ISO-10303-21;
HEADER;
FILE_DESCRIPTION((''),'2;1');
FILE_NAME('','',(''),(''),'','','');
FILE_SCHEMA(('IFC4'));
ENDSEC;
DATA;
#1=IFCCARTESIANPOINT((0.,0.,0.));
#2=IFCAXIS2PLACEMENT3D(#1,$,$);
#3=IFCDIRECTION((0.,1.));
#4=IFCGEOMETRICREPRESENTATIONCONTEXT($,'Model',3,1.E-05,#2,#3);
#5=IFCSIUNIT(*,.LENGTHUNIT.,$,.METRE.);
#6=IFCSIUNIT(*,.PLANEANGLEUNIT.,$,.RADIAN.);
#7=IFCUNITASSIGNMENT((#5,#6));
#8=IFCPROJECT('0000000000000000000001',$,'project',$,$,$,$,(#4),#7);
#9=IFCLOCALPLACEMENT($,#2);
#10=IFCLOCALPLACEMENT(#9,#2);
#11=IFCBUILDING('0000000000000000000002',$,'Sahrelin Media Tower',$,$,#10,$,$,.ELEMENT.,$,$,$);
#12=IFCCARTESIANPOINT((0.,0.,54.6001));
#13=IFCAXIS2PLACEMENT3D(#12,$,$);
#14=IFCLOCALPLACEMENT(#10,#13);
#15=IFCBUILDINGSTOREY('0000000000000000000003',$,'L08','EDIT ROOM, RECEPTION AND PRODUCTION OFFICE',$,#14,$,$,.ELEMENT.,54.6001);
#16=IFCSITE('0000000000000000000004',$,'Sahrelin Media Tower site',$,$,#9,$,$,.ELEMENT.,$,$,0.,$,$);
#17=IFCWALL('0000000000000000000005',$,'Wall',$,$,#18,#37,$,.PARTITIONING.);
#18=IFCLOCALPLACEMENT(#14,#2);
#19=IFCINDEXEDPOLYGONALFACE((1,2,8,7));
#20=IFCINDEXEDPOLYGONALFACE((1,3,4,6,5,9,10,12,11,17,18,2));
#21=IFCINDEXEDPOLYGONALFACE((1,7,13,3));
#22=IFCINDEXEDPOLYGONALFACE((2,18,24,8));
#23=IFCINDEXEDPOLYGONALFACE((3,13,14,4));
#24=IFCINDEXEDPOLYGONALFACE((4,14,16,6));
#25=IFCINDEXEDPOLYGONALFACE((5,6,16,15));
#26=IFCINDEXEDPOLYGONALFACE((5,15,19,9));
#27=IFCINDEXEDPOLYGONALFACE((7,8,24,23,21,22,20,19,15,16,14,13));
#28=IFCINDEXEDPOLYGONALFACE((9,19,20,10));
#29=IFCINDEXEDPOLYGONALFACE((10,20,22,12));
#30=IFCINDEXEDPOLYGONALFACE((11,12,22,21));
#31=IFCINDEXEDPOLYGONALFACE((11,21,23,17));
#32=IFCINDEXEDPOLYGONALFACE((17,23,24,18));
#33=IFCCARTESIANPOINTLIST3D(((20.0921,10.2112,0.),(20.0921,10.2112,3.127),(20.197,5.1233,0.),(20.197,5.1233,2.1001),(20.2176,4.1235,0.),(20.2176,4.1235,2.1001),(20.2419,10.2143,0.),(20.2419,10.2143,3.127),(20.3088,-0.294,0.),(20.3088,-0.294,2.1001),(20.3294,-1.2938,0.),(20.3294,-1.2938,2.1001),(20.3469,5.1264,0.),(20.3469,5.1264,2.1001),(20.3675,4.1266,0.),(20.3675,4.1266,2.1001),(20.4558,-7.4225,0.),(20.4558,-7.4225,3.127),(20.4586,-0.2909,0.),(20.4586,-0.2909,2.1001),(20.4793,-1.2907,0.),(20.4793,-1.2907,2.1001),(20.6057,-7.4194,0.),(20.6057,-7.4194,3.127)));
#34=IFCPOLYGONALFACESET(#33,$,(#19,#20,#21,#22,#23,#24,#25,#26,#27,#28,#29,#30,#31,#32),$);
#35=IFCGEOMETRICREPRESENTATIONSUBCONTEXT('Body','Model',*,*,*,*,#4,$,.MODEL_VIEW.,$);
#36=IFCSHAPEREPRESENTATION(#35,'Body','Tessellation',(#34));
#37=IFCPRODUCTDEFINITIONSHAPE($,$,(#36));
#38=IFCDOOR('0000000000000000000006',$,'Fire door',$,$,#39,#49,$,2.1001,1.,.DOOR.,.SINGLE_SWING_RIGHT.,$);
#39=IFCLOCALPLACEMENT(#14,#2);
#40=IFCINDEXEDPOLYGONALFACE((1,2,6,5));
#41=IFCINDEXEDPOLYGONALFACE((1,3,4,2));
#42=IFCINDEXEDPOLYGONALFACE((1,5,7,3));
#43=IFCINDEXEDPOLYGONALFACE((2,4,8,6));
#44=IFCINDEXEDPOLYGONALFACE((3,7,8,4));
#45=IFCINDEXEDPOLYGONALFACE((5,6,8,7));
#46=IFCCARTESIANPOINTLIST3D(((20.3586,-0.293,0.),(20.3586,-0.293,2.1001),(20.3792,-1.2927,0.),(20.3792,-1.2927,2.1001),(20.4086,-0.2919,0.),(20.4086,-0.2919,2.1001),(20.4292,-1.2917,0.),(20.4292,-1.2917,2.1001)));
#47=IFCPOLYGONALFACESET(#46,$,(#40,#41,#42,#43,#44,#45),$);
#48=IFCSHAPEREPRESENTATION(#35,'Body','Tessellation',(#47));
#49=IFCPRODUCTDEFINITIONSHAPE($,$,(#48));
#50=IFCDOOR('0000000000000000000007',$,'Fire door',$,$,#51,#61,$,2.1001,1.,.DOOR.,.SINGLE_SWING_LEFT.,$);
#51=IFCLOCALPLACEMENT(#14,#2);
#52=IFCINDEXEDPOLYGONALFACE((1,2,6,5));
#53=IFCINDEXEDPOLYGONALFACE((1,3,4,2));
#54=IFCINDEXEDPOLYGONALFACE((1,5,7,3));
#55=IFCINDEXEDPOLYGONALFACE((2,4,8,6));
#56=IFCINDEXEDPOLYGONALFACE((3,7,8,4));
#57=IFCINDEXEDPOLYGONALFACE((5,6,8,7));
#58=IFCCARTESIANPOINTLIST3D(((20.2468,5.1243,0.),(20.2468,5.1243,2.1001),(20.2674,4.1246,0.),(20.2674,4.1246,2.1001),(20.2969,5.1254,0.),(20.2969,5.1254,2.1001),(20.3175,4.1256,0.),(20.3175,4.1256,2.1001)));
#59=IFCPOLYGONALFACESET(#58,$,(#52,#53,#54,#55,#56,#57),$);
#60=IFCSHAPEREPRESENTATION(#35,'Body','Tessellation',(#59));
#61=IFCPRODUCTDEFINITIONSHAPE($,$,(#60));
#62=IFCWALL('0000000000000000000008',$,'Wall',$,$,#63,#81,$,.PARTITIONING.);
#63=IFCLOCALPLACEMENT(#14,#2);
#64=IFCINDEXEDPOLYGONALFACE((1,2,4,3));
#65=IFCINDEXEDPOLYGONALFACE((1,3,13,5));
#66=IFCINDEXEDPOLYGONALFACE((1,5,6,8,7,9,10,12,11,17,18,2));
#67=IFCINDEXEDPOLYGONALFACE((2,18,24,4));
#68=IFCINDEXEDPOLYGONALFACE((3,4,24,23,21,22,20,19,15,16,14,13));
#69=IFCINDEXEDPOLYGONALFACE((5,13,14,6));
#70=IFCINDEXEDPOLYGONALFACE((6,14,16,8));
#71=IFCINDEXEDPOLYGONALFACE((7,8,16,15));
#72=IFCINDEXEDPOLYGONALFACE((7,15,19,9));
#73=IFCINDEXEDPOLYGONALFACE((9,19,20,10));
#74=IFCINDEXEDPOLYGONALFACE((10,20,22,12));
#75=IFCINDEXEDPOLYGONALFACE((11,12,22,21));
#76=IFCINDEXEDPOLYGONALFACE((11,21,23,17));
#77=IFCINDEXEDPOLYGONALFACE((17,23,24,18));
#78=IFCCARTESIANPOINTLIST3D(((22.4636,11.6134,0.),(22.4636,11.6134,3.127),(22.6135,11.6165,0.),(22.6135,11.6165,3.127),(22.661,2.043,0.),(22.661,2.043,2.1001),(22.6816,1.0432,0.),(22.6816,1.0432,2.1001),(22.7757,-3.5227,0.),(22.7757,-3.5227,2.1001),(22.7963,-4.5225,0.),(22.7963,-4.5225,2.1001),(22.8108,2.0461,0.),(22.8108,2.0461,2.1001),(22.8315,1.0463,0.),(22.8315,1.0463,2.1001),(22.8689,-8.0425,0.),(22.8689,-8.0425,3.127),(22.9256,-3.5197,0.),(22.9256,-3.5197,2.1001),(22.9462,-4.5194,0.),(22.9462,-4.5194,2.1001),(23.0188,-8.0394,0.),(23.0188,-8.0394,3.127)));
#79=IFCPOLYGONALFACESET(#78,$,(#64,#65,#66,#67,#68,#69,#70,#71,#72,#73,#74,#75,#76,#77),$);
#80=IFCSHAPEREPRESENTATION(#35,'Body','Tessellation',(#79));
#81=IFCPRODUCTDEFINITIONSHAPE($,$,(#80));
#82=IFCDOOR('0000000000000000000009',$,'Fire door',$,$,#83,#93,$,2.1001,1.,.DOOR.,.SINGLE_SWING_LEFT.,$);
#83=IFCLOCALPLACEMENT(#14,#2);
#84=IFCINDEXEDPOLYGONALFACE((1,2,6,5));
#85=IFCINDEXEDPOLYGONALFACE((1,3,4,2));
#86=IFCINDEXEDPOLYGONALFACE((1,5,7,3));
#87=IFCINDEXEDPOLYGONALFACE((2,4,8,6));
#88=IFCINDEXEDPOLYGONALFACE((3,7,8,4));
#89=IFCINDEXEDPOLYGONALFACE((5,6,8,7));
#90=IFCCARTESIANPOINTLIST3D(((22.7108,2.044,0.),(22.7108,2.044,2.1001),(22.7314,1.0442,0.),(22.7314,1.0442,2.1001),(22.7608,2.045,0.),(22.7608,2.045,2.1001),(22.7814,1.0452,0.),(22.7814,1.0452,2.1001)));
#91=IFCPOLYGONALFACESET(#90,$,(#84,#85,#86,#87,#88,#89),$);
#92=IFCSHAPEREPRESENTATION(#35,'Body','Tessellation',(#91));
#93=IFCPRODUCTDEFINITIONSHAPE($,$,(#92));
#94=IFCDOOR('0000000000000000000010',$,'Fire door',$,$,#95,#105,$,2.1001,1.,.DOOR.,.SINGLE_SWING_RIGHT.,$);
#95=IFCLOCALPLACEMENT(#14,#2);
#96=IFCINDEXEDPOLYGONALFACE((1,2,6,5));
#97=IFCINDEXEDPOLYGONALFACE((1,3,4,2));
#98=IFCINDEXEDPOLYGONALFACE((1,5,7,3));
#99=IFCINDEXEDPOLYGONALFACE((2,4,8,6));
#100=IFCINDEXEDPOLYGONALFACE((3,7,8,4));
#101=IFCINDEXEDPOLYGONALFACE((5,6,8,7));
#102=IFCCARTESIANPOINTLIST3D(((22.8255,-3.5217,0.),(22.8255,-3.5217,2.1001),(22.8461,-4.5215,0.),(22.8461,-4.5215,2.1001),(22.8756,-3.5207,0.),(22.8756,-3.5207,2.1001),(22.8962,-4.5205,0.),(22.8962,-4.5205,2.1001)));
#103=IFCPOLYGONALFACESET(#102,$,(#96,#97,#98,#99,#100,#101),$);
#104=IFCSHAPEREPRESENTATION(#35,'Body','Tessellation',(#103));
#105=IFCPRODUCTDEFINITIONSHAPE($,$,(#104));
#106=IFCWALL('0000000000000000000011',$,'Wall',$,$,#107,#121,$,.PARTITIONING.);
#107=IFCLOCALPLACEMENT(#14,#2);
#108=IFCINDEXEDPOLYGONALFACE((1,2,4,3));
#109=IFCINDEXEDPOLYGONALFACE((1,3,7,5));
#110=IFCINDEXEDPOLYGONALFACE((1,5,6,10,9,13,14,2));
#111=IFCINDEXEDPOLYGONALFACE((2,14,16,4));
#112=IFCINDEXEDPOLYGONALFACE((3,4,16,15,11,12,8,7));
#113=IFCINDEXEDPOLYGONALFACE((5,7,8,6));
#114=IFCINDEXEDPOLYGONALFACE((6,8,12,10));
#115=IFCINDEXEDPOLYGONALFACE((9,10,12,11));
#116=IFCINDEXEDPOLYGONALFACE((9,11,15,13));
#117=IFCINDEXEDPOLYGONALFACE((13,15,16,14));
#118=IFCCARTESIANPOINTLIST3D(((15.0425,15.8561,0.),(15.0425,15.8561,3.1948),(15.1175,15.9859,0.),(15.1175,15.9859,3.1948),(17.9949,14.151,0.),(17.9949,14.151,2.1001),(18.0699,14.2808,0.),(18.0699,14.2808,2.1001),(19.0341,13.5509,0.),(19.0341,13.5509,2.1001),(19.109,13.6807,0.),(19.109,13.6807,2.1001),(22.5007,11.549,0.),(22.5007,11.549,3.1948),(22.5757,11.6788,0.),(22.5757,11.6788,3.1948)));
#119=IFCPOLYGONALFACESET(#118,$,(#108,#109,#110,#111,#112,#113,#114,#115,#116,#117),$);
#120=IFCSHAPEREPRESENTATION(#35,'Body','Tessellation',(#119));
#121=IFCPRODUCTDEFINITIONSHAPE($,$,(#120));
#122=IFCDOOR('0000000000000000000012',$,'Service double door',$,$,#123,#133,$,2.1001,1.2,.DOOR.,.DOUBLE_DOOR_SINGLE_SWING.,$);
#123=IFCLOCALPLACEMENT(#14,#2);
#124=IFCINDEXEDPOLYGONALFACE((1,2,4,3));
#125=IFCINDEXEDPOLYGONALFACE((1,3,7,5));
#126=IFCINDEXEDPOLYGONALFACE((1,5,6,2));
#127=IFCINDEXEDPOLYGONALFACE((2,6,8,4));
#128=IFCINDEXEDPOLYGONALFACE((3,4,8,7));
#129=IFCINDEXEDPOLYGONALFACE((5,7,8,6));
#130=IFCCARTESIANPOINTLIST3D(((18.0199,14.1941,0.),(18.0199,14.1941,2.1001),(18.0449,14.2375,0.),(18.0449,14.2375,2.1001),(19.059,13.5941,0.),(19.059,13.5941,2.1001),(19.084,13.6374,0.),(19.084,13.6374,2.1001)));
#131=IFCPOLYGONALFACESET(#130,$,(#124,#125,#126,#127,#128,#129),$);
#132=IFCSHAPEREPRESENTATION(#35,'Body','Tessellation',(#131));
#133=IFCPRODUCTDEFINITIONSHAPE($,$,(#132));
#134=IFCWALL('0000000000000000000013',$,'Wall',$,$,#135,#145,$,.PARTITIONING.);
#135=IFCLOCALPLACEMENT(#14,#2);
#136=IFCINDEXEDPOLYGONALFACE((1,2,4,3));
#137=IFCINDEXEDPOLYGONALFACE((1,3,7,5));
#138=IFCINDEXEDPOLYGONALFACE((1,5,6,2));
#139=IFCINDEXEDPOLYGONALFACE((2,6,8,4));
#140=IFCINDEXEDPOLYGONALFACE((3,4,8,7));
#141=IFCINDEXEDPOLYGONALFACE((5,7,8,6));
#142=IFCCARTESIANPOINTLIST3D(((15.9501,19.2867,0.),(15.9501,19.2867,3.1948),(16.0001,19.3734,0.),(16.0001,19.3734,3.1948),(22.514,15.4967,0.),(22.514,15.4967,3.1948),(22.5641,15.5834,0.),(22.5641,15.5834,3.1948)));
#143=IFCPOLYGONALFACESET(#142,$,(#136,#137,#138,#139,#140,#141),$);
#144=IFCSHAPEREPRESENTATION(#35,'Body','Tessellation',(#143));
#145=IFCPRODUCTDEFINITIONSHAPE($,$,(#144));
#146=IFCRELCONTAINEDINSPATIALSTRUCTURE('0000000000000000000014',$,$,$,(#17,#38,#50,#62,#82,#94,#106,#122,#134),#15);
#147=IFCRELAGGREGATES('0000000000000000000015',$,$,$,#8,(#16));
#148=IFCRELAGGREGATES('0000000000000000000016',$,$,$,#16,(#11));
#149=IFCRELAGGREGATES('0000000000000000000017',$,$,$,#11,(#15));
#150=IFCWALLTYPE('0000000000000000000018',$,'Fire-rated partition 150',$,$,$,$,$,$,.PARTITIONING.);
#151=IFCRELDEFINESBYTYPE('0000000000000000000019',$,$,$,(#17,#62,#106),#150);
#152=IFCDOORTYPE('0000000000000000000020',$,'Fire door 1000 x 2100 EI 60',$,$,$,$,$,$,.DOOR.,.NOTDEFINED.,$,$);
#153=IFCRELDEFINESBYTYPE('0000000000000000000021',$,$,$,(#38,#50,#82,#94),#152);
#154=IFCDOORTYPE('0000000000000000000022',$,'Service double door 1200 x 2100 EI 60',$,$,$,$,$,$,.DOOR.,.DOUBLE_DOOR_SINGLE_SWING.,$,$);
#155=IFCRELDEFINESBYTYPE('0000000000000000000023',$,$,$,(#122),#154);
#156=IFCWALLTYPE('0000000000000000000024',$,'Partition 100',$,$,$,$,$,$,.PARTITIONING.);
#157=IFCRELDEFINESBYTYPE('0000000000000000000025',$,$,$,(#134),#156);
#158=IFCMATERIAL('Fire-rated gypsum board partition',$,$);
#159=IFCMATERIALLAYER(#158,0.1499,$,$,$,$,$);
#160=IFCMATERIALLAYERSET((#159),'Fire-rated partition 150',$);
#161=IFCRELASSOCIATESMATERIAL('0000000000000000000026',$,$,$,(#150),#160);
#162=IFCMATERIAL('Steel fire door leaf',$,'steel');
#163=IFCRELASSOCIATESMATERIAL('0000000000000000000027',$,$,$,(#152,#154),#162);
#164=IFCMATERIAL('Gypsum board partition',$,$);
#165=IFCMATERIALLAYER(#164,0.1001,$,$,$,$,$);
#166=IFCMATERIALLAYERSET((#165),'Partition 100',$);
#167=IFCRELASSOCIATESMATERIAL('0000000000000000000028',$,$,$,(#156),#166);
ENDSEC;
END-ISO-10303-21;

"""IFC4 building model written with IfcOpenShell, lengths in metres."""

from ifc_helpers import new_model, si_unit, direction, frame, frame_2d, origin, place, context, subcontext, project, spatial, rectangle, extrude, material, layer, layer_set, type_object, element, fill, save


model = new_model("IFC4")

# Units and contexts
model_context = context("Model", 3, precision=1e-05, world=origin(), true_north=direction((0.0, 1.0)))
body_context = subcontext(model_context, "Body", "Model", "MODEL_VIEW")
ifc_project = project(units=[si_unit("LENGTHUNIT", "METRE"), si_unit("PLANEANGLEUNIT", "RADIAN")], contexts=[model_context])

# Site, building, storey
site_placement = place(None, origin())
site = spatial("IfcSite", under=ifc_project, at=site_placement, Name="Sahrelin Media Tower site", CompositionType="ELEMENT", RefElevation=0.0)
building_placement = place(site_placement, origin())
building = spatial("IfcBuilding", under=site, at=building_placement, Name="Sahrelin Media Tower", CompositionType="ELEMENT")
storey_placement = place(building_placement, frame((0.0, 0.0, 54.6001)))
storey = spatial("IfcBuildingStorey", under=building, at=storey_placement, Name="L08", Description="EDIT ROOM, RECEPTION AND PRODUCTION OFFICE", CompositionType="ELEMENT", Elevation=54.6001)

# Walls, openings, doors
ifc_material_1 = material(Name="Fire-rated gypsum board partition")
ifc_layer_1 = layer(ifc_material_1, 0.1499)
ifc_layer_set_1 = layer_set([ifc_layer_1], Name="Fire-rated partition 150")
wall_type_1 = type_object("IfcWallType", Name="Fire-rated partition 150", PredefinedType="PARTITIONING", material=ifc_layer_set_1)
wall_1_placement = place(storey_placement, frame((20.167, 10.2129, 0.0), z_axis=(0.0, 0.0, 1.0), x_axis=(0.020625, -0.999787, 0.0)))
wall_1 = element("IfcWall", 1, at=wall_1_placement, inside=storey, type_object=wall_type_1, Name="Wall", PredefinedType="PARTITIONING", context=body_context, shape_type="SweptSolid", body=[
    extrude(rectangle(XDim=17.6375, YDim=0.1499, at=frame_2d((8.8188, 0.0))), origin(), (0.0, 0.0, 1.0), 3.127),
])
opening_1_placement = place(wall_1_placement, frame((10.5076, 0.0, 0.0)))
opening_1 = element("IfcOpeningElement", 2, at=opening_1_placement, cuts=wall_1, PredefinedType="OPENING", context=body_context, shape_type="SweptSolid", body=[
    extrude(rectangle(XDim=1.0, YDim=2.1001, at=frame_2d((0.5, 1.05))), frame((0.0, 0.075, 0.0), z_axis=(0.0, -1.0, 0.0), x_axis=(1.0, 0.0, 0.0)), (0.0, 0.0, 1.0), 0.1499),
])
opening_2_placement = place(wall_1_placement, frame((5.0891, 0.0, 0.0)))
opening_2 = element("IfcOpeningElement", 3, at=opening_2_placement, cuts=wall_1, PredefinedType="OPENING", context=body_context, shape_type="SweptSolid", body=[
    extrude(rectangle(XDim=1.0, YDim=2.1001, at=frame_2d((0.5, 1.05))), frame((0.0, 0.075, 0.0), z_axis=(0.0, -1.0, 0.0), x_axis=(1.0, 0.0, 0.0)), (0.0, 0.0, 1.0), 0.1499),
])
ifc_material_2 = material(Name="Steel fire door leaf", Category="steel")
door_type_1 = type_object("IfcDoorType", Name="Fire door 1000 x 2100 EI 60", OperationType="NOTDEFINED", PredefinedType="DOOR", material=ifc_material_2)
door_1_placement = place(opening_1_placement, origin())
door_1 = element("IfcDoor", 4, at=door_1_placement, inside=storey, type_object=door_type_1, Name="Fire door", OperationType="SINGLE_SWING_RIGHT", OverallHeight=2.1001, OverallWidth=1.0, PredefinedType="DOOR", context=body_context, shape_type="SweptSolid", body=[
    extrude(rectangle(XDim=1.0, YDim=2.1001, at=frame_2d((0.5, 1.05))), frame((0.0, 0.0249, 0.0), z_axis=(0.0, -1.0, 0.0), x_axis=(1.0, 0.0, 0.0)), (0.0, 0.0, 1.0), 0.05),
])
fill(opening_1, door_1)
door_2_placement = place(opening_2_placement, origin())
door_2 = element("IfcDoor", 5, at=door_2_placement, inside=storey, type_object=door_type_1, Name="Fire door", OperationType="SINGLE_SWING_LEFT", OverallHeight=2.1001, OverallWidth=1.0, PredefinedType="DOOR", context=body_context, shape_type="SweptSolid", body=[
    extrude(rectangle(XDim=1.0, YDim=2.1001, at=frame_2d((0.5, 1.05))), frame((0.0, 0.0249, 0.0), z_axis=(0.0, -1.0, 0.0), x_axis=(1.0, 0.0, 0.0)), (0.0, 0.0, 1.0), 0.05),
])
fill(opening_2, door_2)
wall_2_placement = place(storey_placement, frame((22.5386, 11.615, 0.0), z_axis=(0.0, 0.0, 1.0), x_axis=(0.020614, -0.999788, 0.0)))
wall_2 = element("IfcWall", 6, at=wall_2_placement, inside=storey, type_object=wall_type_1, Name="Wall", PredefinedType="PARTITIONING", context=body_context, shape_type="SweptSolid", body=[
    extrude(rectangle(XDim=19.6602, YDim=0.1499, at=frame_2d((9.8301, 0.0))), origin(), (0.0, 0.0, 1.0), 3.127),
])
opening_3_placement = place(wall_2_placement, frame((9.5725, 0.0, 0.0)))
opening_3 = element("IfcOpeningElement", 7, at=opening_3_placement, cuts=wall_2, PredefinedType="OPENING", context=body_context, shape_type="SweptSolid", body=[
    extrude(rectangle(XDim=1.0, YDim=2.1001, at=frame_2d((0.5, 1.05))), frame((0.0, 0.075, 0.0), z_axis=(0.0, -1.0, 0.0), x_axis=(1.0, 0.0, 0.0)), (0.0, 0.0, 1.0), 0.1499),
])
opening_4_placement = place(wall_2_placement, frame((15.1394, 0.0, 0.0)))
opening_4 = element("IfcOpeningElement", 8, at=opening_4_placement, cuts=wall_2, PredefinedType="OPENING", context=body_context, shape_type="SweptSolid", body=[
    extrude(rectangle(XDim=1.0, YDim=2.1001, at=frame_2d((0.5, 1.05))), frame((0.0, 0.075, 0.0), z_axis=(0.0, -1.0, 0.0), x_axis=(1.0, 0.0, 0.0)), (0.0, 0.0, 1.0), 0.1499),
])
door_3_placement = place(opening_3_placement, origin())
door_3 = element("IfcDoor", 9, at=door_3_placement, inside=storey, type_object=door_type_1, Name="Fire door", OperationType="SINGLE_SWING_LEFT", OverallHeight=2.1001, OverallWidth=1.0, PredefinedType="DOOR", context=body_context, shape_type="SweptSolid", body=[
    extrude(rectangle(XDim=1.0, YDim=2.1001, at=frame_2d((0.5, 1.05))), frame((0.0, 0.0249, 0.0), z_axis=(0.0, -1.0, 0.0), x_axis=(1.0, 0.0, 0.0)), (0.0, 0.0, 1.0), 0.05),
])
fill(opening_3, door_3)
door_4_placement = place(opening_4_placement, origin())
door_4 = element("IfcDoor", 10, at=door_4_placement, inside=storey, type_object=door_type_1, Name="Fire door", OperationType="SINGLE_SWING_RIGHT", OverallHeight=2.1001, OverallWidth=1.0, PredefinedType="DOOR", context=body_context, shape_type="SweptSolid", body=[
    extrude(rectangle(XDim=1.0, YDim=2.1001, at=frame_2d((0.5, 1.05))), frame((0.0, 0.0249, 0.0), z_axis=(0.0, -1.0, 0.0), x_axis=(1.0, 0.0, 0.0)), (0.0, 0.0, 1.0), 0.05),
])
fill(opening_4, door_4)

# Wall, opening, door
wall_3_placement = place(storey_placement, frame((15.0801, 15.9209, 0.0), z_axis=(0.0, 0.0, 1.0), x_axis=(0.86597, -0.500096, 0.0)))
wall_3 = element("IfcWall", 11, at=wall_3_placement, inside=storey, type_object=wall_type_1, Name="Wall", PredefinedType="PARTITIONING", context=body_context, shape_type="SweptSolid", body=[
    extrude(rectangle(XDim=8.6125, YDim=0.1499, at=frame_2d((4.3062, 0.0))), origin(), (0.0, 0.0, 1.0), 3.1948),
])
opening_5_placement = place(wall_3_placement, frame((3.4092, 0.0, 0.0)))
opening_5 = element("IfcOpeningElement", 12, at=opening_5_placement, cuts=wall_3, PredefinedType="OPENING", context=body_context, shape_type="SweptSolid", body=[
    extrude(rectangle(XDim=1.2, YDim=2.1001, at=frame_2d((0.6001, 1.05))), frame((0.0, 0.075, 0.0), z_axis=(0.0, -1.0, 0.0), x_axis=(1.0, 0.0, 0.0)), (0.0, 0.0, 1.0), 0.1499),
])
door_type_2 = type_object("IfcDoorType", Name="Service double door 1200 x 2100 EI 60", OperationType="DOUBLE_DOOR_SINGLE_SWING", PredefinedType="DOOR", material=ifc_material_2)
door_5_placement = place(opening_5_placement, origin())
door_5 = element("IfcDoor", 13, at=door_5_placement, inside=storey, type_object=door_type_2, Name="Service double door", OperationType="DOUBLE_DOOR_SINGLE_SWING", OverallHeight=2.1001, OverallWidth=1.2, PredefinedType="DOOR", context=body_context, shape_type="SweptSolid", body=[
    extrude(rectangle(XDim=1.2, YDim=2.1001, at=frame_2d((0.6001, 1.05))), frame((0.0, 0.0249, 0.0), z_axis=(0.0, -1.0, 0.0), x_axis=(1.0, 0.0, 0.0)), (0.0, 0.0, 1.0), 0.05),
])
fill(opening_5, door_5)

# Wall
ifc_material_3 = material(Name="Gypsum board partition")
ifc_layer_2 = layer(ifc_material_3, 0.1001)
ifc_layer_set_2 = layer_set([ifc_layer_2], Name="Partition 100")
wall_type_2 = type_object("IfcWallType", Name="Partition 100", PredefinedType="PARTITIONING", material=ifc_layer_set_2)
wall_4_placement = place(storey_placement, frame((15.9751, 19.3301, 0.0), z_axis=(0.0, 0.0, 1.0), x_axis=(0.866006, -0.500033, 0.0)))
element("IfcWall", 14, at=wall_4_placement, inside=storey, type_object=wall_type_2, Name="Wall", PredefinedType="PARTITIONING", context=body_context, shape_type="SweptSolid", body=[
    extrude(rectangle(XDim=7.5796, YDim=0.1001, at=frame_2d((3.7898, 0.0))), origin(), (0.0, 0.0, 1.0), 3.1948),
])

save(model, "model.ifc")
